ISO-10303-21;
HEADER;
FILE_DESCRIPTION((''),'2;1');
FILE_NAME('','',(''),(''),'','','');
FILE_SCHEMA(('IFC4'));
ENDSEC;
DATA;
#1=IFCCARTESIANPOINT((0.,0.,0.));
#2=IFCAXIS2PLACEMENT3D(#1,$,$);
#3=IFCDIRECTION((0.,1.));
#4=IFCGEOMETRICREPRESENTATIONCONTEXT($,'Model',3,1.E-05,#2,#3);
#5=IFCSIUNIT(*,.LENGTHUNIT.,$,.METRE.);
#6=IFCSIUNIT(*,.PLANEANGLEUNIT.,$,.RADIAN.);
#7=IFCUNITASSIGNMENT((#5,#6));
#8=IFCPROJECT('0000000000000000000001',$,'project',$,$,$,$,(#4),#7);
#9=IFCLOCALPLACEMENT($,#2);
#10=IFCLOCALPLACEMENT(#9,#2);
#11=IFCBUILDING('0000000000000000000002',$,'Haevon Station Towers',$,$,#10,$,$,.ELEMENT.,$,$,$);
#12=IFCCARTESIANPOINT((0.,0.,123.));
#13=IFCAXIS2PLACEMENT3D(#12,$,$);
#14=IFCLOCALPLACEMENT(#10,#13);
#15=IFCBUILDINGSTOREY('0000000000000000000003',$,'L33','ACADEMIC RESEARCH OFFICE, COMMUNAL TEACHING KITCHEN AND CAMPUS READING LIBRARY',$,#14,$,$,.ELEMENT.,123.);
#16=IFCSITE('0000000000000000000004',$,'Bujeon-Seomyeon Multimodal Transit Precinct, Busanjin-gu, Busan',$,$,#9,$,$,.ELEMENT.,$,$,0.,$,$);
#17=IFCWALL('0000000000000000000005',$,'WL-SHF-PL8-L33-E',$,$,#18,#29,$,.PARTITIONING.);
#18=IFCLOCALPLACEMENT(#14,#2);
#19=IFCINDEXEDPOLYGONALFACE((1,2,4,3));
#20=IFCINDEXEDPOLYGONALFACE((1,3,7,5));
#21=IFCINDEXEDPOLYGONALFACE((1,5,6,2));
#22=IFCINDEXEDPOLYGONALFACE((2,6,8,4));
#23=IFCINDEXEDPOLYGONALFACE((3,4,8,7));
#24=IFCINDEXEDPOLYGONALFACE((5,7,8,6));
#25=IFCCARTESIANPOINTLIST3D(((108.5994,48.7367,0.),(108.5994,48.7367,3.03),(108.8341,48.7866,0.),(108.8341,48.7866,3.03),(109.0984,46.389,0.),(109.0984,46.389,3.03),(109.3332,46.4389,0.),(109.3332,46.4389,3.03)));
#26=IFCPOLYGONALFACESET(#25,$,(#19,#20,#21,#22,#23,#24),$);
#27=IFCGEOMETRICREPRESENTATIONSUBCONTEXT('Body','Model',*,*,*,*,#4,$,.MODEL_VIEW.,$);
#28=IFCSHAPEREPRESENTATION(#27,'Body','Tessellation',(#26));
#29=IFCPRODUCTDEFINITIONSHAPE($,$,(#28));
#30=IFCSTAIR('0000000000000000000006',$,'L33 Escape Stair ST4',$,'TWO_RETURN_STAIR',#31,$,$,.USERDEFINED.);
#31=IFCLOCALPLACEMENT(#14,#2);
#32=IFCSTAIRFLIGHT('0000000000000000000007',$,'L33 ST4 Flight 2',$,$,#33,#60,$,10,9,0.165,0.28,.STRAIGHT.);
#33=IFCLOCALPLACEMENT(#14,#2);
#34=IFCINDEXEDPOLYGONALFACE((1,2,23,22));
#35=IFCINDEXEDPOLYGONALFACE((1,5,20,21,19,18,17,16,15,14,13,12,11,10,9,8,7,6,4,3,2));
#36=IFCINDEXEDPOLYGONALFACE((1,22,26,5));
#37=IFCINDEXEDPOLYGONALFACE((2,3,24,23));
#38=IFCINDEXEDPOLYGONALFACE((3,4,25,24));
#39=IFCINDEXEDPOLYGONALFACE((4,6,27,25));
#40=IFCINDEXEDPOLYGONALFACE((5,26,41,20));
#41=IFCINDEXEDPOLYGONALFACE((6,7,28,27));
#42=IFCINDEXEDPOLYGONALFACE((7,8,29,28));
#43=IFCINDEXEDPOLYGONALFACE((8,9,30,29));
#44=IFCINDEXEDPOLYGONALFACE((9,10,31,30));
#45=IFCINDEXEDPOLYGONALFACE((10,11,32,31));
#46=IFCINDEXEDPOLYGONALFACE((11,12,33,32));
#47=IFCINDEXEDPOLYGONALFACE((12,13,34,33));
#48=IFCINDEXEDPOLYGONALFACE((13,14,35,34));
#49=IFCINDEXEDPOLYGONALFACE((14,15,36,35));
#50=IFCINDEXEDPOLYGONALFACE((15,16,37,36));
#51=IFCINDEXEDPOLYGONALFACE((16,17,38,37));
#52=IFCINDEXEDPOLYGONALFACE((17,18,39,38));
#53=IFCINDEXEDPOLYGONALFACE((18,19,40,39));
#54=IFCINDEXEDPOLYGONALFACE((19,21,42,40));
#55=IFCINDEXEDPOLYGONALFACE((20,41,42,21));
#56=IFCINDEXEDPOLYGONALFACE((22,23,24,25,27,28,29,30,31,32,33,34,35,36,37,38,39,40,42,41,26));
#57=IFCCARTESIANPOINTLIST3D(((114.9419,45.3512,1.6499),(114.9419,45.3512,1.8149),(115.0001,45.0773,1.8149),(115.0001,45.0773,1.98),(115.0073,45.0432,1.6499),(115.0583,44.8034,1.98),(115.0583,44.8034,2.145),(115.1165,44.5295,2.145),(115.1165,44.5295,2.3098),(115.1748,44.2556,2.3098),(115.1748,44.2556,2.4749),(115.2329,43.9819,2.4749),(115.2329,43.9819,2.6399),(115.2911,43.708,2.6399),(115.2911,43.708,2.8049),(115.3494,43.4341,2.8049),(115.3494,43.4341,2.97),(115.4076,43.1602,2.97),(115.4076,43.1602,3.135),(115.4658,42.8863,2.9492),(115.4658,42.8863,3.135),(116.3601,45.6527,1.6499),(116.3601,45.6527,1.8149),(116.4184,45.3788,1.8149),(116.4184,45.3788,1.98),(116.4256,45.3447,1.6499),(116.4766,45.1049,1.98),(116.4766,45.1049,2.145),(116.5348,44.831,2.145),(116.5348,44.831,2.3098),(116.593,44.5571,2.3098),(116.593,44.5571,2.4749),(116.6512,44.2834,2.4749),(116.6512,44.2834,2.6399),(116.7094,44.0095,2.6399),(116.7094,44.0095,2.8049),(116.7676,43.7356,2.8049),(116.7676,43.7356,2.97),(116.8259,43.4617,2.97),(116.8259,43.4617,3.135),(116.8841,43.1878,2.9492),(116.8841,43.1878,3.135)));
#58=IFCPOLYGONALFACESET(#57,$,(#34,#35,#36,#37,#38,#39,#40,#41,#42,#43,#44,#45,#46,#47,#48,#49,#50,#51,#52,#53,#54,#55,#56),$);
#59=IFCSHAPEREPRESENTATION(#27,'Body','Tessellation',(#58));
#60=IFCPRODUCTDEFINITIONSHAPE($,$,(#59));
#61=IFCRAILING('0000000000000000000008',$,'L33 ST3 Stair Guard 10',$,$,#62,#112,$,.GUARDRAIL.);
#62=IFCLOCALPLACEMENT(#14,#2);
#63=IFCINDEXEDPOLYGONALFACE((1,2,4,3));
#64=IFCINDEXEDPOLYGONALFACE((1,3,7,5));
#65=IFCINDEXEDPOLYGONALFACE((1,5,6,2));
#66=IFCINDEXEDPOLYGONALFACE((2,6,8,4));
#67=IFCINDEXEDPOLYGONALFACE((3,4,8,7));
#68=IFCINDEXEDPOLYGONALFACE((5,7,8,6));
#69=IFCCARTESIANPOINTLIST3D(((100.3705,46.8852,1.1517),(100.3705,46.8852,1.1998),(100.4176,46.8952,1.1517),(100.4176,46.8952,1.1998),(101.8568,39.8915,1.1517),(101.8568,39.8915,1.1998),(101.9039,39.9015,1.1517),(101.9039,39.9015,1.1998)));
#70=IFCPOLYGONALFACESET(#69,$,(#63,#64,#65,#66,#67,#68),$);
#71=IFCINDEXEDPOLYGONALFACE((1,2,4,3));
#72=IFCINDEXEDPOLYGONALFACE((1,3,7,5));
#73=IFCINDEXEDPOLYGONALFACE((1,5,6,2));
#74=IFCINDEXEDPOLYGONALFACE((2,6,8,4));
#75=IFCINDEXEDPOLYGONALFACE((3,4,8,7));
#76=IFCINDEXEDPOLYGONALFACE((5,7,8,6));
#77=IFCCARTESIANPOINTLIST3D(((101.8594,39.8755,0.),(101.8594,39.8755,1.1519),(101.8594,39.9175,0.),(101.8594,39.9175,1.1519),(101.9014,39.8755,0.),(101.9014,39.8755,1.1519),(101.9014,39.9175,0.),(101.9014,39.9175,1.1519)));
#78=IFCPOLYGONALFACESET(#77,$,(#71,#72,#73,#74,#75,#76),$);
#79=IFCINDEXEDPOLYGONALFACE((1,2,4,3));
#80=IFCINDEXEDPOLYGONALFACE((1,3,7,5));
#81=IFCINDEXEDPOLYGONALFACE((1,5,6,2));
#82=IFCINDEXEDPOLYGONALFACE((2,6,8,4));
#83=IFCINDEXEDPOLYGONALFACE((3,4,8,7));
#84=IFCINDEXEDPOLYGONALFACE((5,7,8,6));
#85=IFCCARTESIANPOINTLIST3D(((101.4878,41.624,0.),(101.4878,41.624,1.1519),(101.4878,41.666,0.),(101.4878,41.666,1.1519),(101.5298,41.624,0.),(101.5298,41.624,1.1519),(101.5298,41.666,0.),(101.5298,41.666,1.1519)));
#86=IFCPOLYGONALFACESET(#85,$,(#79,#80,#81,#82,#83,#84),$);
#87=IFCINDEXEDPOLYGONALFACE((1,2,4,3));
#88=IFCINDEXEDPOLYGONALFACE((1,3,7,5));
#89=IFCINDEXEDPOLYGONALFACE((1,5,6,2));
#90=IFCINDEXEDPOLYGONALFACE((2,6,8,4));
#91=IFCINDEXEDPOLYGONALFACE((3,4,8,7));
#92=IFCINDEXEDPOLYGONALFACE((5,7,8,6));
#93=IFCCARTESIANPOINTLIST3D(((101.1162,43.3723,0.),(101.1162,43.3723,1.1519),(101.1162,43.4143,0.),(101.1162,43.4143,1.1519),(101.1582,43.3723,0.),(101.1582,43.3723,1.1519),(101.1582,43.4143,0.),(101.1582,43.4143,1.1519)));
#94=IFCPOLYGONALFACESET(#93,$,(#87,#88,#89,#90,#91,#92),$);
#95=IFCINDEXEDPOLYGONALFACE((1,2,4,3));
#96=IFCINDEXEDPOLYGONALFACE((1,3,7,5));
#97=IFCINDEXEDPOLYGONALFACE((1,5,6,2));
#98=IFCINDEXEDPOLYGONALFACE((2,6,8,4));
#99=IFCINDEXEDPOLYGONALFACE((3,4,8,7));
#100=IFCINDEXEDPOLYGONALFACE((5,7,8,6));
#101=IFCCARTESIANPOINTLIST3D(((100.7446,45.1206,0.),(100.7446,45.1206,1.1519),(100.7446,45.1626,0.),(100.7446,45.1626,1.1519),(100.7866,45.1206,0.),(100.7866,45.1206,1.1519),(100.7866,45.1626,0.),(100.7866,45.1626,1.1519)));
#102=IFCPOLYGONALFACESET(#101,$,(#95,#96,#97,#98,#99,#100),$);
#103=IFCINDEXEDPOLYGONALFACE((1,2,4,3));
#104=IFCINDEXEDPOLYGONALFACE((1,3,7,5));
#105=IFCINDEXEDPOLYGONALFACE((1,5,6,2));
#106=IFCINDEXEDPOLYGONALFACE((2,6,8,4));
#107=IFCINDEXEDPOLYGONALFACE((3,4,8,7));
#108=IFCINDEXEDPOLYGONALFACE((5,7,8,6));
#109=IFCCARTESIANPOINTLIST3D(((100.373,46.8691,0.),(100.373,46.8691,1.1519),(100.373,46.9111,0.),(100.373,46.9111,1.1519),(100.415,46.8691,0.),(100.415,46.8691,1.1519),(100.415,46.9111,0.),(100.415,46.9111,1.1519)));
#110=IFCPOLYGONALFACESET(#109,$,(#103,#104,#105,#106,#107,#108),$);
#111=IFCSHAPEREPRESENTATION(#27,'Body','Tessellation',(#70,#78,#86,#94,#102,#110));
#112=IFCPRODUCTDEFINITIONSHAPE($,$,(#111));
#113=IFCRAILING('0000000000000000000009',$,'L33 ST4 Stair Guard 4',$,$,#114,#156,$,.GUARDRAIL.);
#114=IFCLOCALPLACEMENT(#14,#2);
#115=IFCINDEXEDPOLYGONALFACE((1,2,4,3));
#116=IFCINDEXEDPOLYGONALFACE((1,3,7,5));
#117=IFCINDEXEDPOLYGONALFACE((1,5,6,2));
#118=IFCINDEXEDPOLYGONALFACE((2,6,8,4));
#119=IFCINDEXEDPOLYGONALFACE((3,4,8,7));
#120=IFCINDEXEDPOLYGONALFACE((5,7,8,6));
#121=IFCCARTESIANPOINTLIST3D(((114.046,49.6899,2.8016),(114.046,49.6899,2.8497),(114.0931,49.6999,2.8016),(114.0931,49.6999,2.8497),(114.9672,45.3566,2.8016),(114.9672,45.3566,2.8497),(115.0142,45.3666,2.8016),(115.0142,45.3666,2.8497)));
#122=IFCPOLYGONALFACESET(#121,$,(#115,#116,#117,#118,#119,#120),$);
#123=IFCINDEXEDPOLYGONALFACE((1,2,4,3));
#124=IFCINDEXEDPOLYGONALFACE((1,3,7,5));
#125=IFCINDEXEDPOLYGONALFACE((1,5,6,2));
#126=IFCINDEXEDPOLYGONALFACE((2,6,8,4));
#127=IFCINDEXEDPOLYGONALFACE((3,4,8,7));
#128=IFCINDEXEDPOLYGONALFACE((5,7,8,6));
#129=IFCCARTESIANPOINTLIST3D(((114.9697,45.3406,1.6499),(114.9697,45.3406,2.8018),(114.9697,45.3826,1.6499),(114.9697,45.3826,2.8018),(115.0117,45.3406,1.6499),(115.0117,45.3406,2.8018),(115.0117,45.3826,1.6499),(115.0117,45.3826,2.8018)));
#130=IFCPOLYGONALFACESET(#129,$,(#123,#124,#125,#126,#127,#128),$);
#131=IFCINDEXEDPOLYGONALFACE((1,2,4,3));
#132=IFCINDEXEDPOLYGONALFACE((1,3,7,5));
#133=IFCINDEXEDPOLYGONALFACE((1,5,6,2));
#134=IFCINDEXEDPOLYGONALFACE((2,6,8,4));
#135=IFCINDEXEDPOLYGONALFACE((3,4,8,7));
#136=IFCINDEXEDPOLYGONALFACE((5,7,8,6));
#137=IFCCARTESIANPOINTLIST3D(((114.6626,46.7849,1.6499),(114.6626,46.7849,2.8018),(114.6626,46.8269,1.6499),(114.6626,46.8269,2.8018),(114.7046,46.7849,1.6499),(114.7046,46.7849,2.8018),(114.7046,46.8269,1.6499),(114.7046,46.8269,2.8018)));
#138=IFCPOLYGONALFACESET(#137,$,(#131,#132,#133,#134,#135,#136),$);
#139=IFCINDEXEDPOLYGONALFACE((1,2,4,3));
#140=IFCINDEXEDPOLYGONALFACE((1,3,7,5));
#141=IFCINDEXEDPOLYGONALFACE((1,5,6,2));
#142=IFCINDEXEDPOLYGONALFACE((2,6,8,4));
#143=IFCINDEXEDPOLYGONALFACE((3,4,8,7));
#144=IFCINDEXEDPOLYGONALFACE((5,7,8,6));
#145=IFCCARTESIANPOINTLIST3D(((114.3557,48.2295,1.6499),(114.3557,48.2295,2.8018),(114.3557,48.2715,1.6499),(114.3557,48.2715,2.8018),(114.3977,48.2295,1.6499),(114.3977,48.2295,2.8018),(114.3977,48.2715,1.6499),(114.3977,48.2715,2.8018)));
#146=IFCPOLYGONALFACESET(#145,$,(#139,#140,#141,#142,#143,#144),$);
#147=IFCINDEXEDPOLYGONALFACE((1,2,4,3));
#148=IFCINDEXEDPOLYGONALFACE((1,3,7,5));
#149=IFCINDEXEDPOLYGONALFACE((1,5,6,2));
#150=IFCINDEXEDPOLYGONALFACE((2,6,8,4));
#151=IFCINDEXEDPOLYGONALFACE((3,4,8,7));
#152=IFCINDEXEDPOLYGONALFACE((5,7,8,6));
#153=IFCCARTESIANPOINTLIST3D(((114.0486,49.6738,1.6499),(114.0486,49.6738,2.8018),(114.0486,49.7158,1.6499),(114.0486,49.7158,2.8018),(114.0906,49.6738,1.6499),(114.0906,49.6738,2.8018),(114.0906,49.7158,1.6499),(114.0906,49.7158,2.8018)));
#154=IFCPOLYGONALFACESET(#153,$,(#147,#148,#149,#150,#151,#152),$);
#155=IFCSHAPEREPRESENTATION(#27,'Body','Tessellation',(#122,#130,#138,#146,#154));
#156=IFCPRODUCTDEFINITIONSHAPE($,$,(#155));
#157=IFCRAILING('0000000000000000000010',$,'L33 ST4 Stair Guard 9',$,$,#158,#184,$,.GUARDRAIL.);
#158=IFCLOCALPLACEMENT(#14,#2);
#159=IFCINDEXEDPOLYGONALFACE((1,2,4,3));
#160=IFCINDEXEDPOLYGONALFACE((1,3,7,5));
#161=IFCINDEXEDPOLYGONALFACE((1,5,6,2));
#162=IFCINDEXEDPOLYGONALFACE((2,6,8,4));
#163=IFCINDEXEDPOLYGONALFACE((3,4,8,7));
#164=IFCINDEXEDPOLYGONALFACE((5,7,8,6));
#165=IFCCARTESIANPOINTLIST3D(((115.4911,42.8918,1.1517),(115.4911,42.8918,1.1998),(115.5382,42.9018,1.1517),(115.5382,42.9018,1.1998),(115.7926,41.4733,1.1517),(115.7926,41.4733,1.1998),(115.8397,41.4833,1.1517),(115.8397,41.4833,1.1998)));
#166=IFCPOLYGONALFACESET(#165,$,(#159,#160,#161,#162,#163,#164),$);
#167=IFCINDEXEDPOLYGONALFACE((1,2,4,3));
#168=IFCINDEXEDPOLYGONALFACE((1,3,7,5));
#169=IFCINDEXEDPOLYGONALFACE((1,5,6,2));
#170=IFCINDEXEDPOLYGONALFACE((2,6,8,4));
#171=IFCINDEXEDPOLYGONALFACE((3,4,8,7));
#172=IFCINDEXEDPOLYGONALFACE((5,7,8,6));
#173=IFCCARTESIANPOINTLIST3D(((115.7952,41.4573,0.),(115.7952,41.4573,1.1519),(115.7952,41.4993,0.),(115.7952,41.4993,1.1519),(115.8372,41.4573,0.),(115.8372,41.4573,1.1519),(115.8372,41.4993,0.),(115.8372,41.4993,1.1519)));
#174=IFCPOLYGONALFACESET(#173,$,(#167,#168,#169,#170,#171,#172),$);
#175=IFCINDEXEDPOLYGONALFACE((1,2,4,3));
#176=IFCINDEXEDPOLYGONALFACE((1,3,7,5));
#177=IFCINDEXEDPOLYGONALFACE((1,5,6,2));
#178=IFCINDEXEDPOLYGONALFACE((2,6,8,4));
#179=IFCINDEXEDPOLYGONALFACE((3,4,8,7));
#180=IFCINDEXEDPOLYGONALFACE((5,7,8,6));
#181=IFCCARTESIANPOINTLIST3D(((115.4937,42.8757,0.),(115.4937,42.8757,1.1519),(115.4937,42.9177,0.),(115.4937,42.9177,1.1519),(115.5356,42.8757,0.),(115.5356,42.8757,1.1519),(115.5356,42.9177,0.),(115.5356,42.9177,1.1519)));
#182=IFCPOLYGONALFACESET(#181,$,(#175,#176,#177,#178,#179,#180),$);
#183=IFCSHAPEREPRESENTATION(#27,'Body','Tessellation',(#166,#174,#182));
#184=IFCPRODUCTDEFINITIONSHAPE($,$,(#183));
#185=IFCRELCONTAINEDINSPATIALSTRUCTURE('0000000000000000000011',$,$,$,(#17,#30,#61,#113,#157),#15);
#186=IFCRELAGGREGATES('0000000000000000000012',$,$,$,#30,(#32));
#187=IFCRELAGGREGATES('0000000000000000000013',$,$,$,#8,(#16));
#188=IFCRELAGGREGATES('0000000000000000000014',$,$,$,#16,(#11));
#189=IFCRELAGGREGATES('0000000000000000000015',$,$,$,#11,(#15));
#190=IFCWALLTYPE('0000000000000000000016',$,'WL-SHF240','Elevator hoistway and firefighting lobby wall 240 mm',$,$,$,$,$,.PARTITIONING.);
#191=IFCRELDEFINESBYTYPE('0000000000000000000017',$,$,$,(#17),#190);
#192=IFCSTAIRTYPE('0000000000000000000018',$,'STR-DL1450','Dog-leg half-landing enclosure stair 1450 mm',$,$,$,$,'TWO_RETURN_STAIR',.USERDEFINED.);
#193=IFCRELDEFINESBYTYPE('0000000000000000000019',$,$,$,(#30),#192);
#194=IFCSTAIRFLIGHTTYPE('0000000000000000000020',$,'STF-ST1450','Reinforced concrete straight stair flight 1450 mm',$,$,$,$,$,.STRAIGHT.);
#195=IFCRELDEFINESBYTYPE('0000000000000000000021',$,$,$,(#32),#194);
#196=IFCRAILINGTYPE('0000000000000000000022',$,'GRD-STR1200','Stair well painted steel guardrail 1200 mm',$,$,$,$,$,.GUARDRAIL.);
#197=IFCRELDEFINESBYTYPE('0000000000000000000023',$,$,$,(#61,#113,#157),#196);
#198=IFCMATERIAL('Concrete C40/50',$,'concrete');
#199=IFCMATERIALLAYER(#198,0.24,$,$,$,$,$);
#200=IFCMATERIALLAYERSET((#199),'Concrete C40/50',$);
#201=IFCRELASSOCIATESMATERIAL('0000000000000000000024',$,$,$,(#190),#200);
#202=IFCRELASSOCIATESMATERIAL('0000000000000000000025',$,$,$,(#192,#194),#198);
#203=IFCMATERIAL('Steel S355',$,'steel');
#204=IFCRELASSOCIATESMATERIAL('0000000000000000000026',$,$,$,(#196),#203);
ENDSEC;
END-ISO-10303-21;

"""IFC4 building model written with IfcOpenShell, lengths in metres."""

from ifc_helpers import new_model, si_unit, direction, frame, frame_2d, origin, origin_2d, place, context, subcontext, project, spatial, polyline, rectangle, outline, extrude, material, layer, layer_set, type_object, element, aggregate, save


model = new_model("IFC4")

# Units and contexts
model_context = context("Model", 3, precision=1e-05, world=origin(), true_north=direction((0.0, 1.0)))
body_context = subcontext(model_context, "Body", "Model", "MODEL_VIEW")
ifc_project = project(units=[si_unit("LENGTHUNIT", "METRE"), si_unit("PLANEANGLEUNIT", "RADIAN")], contexts=[model_context])

# Site, building, storey
site_placement = place(None, origin())
site = spatial("IfcSite", under=ifc_project, at=site_placement, Name="Bujeon-Seomyeon Multimodal Transit Precinct, Busanjin-gu, Busan", CompositionType="ELEMENT", RefElevation=0.0)
building_placement = place(site_placement, origin())
building = spatial("IfcBuilding", under=site, at=building_placement, Name="Haevon Station Towers", CompositionType="ELEMENT")
storey_placement = place(building_placement, frame((0.0, 0.0, 123.0)))
storey = spatial("IfcBuildingStorey", under=building, at=storey_placement, Name="L33", Description="ACADEMIC RESEARCH OFFICE, COMMUNAL TEACHING KITCHEN AND CAMPUS READING LIBRARY", CompositionType="ELEMENT", Elevation=123.0)

# Shared definitions
ifc_material_1 = material(Name="Steel S355", Category="steel")

# Shared definitions
ifc_material_2 = material(Name="Concrete C40/50", Category="concrete")
ifc_layer_1 = layer(ifc_material_2, 0.24)
ifc_layer_set_1 = layer_set([ifc_layer_1], Name="Concrete C40/50")
wall_type_1 = type_object("IfcWallType", Name="WL-SHF240", Description="Elevator hoistway and firefighting lobby wall 240 mm", PredefinedType="PARTITIONING", material=ifc_layer_set_1)

# Wall
for number, where, z_axis, x_axis, name in (
    (1, (109.2158, 46.4138, 0.0), (0.0, 0.0, 1.0), (-0.207917, 0.978146, 0.0), "WL-SHF-PL8-L33-E"),
):
    element("IfcWall", number, at=place(storey_placement, frame(where, z_axis=z_axis, x_axis=x_axis)), inside=storey, type_object=wall_type_1, Name=name, PredefinedType="PARTITIONING", context=body_context, shape_type="SweptSolid", body=[
        extrude(rectangle(XDim=2.4001, YDim=0.24, at=frame_2d((1.2002, 0.0))), origin(), (0.0, 0.0, 1.0), 3.03),
    ])

# Stair, stair flight
stair_type = type_object("IfcStairType", Name="STR-DL1450", Description="Dog-leg half-landing enclosure stair 1450 mm", ElementType="TWO_RETURN_STAIR", PredefinedType="USERDEFINED", material=ifc_material_2)
stair_placement = place(storey_placement, origin())
stair = element("IfcStair", 2, at=stair_placement, inside=storey, type_object=stair_type, Name="L33 Escape Stair ST4", ObjectType="TWO_RETURN_STAIR", PredefinedType="USERDEFINED")
stair_flight_type = type_object("IfcStairFlightType", Name="STF-ST1450", Description="Reinforced concrete straight stair flight 1450 mm", PredefinedType="STRAIGHT", material=ifc_material_2)
stair_flight_placement = place(storey_placement, frame((115.6509, 45.502, 1.6499), z_axis=(0.0, 0.0, 1.0), x_axis=(0.207912, -0.978148, 0.0)))
stair_flight = element("IfcStairFlight", 3, at=stair_flight_placement, type_object=stair_flight_type, Name="L33 ST4 Flight 2", NumberOfRisers=10, NumberOfTreads=9, PredefinedType="STRAIGHT", RiserHeight=0.165, TreadLength=0.28, context=body_context, shape_type="SweptSolid", body=[
    extrude(outline(polyline([(0.0, 0.0), (0.0, 0.165), (0.28, 0.165), (0.28, 0.3301), (0.5601, 0.3301), (0.5601, 0.4951), (0.8401, 0.4951), (0.8401, 0.6599), (1.1201, 0.6599), (1.1201, 0.825), (1.3999, 0.825), (1.3999, 0.99), (1.6799, 0.99), (1.6799, 1.155), (1.96, 1.155), (1.96, 1.3201), (2.24, 1.3201), (2.24, 1.4851), (2.52, 1.4851), (2.52, 1.6499), (2.52, 1.2993), (0.3149, 0.0), (0.0, 0.0)])), frame((0.0, 0.7251, 0.0), z_axis=(0.0, -1.0, 0.0), x_axis=(1.0, 0.0, 0.0)), (0.0, 0.0, 1.0), 1.45),
])
aggregate(stair, [stair_flight])

# Railings
railing_type_1 = type_object("IfcRailingType", Name="GRD-STR1200", Description="Stair well painted steel guardrail 1200 mm", PredefinedType="GUARDRAIL", material=ifc_material_1)
railing_1_placement = place(storey_placement, frame((101.8804, 39.8965, 0.0)))
element("IfcRailing", 4, at=railing_1_placement, inside=storey, type_object=railing_type_1, Name="L33 ST3 Stair Guard 10", PredefinedType="GUARDRAIL", context=body_context, shape_type="SweptSolid", body=[
    extrude(rectangle(XDim=0.0481, YDim=0.0481, at=origin_2d()), frame((0.0, 0.0, 1.1758), z_axis=(-0.207882, 0.978154, 0.0), x_axis=(-0.978154, -0.207882, 0.0)), (0.0, 0.0, 1.0), 7.1499),
    extrude(rectangle(XDim=0.042, YDim=0.042, at=origin_2d()), origin(), (0.0, 0.0, 1.0), 1.1519),
    extrude(rectangle(XDim=0.042, YDim=0.042, at=origin_2d()), frame((-0.3716, 1.7485, 0.0)), (0.0, 0.0, 1.0), 1.1519),
    extrude(rectangle(XDim=0.042, YDim=0.042, at=origin_2d()), frame((-0.7432, 3.4968, 0.0)), (0.0, 0.0, 1.0), 1.1519),
    extrude(rectangle(XDim=0.042, YDim=0.042, at=origin_2d()), frame((-1.1147, 5.2451, 0.0)), (0.0, 0.0, 1.0), 1.1519),
    extrude(rectangle(XDim=0.042, YDim=0.042, at=origin_2d()), frame((-1.4863, 6.9937, 0.0)), (0.0, 0.0, 1.0), 1.1519),
])
railing_2_placement = place(storey_placement, frame((114.9907, 45.3616, 1.6499)))
element("IfcRailing", 5, at=railing_2_placement, inside=storey, type_object=railing_type_1, Name="L33 ST4 Stair Guard 4", PredefinedType="GUARDRAIL", context=body_context, shape_type="SweptSolid", body=[
    extrude(rectangle(XDim=0.0481, YDim=0.0481, at=origin_2d()), frame((0.0, 0.0, 1.1758), z_axis=(-0.207929, 0.978144, 0.0), x_axis=(-0.978144, -0.207929, 0.0)), (0.0, 0.0, 1.0), 4.4302),
    extrude(rectangle(XDim=0.042, YDim=0.042, at=origin_2d()), origin(), (0.0, 0.0, 1.0), 1.1519),
    extrude(rectangle(XDim=0.042, YDim=0.042, at=origin_2d()), frame((-0.3071, 1.4443, 0.0)), (0.0, 0.0, 1.0), 1.1519),
    extrude(rectangle(XDim=0.042, YDim=0.042, at=origin_2d()), frame((-0.614, 2.8889, 0.0)), (0.0, 0.0, 1.0), 1.1519),
    extrude(rectangle(XDim=0.042, YDim=0.042, at=origin_2d()), frame((-0.9211, 4.3333, 0.0)), (0.0, 0.0, 1.0), 1.1519),
])
railing_3_placement = place(storey_placement, frame((115.8162, 41.4783, 0.0)))
element("IfcRailing", 6, at=railing_3_placement, inside=storey, type_object=railing_type_1, Name="L33 ST4 Stair Guard 9", PredefinedType="GUARDRAIL", context=body_context, shape_type="SweptSolid", body=[
    extrude(rectangle(XDim=0.0481, YDim=0.0481, at=origin_2d()), frame((0.0, 0.0, 1.1758), z_axis=(-0.207919, 0.978146, 0.0), x_axis=(-0.978146, -0.207919, 0.0)), (0.0, 0.0, 1.0), 1.4502),
    extrude(rectangle(XDim=0.042, YDim=0.042, at=origin_2d()), origin(), (0.0, 0.0, 1.0), 1.1519),
    extrude(rectangle(XDim=0.042, YDim=0.042, at=origin_2d()), frame((-0.3015, 1.4185, 0.0)), (0.0, 0.0, 1.0), 1.1519),
])

save(model, "model.ifc")
